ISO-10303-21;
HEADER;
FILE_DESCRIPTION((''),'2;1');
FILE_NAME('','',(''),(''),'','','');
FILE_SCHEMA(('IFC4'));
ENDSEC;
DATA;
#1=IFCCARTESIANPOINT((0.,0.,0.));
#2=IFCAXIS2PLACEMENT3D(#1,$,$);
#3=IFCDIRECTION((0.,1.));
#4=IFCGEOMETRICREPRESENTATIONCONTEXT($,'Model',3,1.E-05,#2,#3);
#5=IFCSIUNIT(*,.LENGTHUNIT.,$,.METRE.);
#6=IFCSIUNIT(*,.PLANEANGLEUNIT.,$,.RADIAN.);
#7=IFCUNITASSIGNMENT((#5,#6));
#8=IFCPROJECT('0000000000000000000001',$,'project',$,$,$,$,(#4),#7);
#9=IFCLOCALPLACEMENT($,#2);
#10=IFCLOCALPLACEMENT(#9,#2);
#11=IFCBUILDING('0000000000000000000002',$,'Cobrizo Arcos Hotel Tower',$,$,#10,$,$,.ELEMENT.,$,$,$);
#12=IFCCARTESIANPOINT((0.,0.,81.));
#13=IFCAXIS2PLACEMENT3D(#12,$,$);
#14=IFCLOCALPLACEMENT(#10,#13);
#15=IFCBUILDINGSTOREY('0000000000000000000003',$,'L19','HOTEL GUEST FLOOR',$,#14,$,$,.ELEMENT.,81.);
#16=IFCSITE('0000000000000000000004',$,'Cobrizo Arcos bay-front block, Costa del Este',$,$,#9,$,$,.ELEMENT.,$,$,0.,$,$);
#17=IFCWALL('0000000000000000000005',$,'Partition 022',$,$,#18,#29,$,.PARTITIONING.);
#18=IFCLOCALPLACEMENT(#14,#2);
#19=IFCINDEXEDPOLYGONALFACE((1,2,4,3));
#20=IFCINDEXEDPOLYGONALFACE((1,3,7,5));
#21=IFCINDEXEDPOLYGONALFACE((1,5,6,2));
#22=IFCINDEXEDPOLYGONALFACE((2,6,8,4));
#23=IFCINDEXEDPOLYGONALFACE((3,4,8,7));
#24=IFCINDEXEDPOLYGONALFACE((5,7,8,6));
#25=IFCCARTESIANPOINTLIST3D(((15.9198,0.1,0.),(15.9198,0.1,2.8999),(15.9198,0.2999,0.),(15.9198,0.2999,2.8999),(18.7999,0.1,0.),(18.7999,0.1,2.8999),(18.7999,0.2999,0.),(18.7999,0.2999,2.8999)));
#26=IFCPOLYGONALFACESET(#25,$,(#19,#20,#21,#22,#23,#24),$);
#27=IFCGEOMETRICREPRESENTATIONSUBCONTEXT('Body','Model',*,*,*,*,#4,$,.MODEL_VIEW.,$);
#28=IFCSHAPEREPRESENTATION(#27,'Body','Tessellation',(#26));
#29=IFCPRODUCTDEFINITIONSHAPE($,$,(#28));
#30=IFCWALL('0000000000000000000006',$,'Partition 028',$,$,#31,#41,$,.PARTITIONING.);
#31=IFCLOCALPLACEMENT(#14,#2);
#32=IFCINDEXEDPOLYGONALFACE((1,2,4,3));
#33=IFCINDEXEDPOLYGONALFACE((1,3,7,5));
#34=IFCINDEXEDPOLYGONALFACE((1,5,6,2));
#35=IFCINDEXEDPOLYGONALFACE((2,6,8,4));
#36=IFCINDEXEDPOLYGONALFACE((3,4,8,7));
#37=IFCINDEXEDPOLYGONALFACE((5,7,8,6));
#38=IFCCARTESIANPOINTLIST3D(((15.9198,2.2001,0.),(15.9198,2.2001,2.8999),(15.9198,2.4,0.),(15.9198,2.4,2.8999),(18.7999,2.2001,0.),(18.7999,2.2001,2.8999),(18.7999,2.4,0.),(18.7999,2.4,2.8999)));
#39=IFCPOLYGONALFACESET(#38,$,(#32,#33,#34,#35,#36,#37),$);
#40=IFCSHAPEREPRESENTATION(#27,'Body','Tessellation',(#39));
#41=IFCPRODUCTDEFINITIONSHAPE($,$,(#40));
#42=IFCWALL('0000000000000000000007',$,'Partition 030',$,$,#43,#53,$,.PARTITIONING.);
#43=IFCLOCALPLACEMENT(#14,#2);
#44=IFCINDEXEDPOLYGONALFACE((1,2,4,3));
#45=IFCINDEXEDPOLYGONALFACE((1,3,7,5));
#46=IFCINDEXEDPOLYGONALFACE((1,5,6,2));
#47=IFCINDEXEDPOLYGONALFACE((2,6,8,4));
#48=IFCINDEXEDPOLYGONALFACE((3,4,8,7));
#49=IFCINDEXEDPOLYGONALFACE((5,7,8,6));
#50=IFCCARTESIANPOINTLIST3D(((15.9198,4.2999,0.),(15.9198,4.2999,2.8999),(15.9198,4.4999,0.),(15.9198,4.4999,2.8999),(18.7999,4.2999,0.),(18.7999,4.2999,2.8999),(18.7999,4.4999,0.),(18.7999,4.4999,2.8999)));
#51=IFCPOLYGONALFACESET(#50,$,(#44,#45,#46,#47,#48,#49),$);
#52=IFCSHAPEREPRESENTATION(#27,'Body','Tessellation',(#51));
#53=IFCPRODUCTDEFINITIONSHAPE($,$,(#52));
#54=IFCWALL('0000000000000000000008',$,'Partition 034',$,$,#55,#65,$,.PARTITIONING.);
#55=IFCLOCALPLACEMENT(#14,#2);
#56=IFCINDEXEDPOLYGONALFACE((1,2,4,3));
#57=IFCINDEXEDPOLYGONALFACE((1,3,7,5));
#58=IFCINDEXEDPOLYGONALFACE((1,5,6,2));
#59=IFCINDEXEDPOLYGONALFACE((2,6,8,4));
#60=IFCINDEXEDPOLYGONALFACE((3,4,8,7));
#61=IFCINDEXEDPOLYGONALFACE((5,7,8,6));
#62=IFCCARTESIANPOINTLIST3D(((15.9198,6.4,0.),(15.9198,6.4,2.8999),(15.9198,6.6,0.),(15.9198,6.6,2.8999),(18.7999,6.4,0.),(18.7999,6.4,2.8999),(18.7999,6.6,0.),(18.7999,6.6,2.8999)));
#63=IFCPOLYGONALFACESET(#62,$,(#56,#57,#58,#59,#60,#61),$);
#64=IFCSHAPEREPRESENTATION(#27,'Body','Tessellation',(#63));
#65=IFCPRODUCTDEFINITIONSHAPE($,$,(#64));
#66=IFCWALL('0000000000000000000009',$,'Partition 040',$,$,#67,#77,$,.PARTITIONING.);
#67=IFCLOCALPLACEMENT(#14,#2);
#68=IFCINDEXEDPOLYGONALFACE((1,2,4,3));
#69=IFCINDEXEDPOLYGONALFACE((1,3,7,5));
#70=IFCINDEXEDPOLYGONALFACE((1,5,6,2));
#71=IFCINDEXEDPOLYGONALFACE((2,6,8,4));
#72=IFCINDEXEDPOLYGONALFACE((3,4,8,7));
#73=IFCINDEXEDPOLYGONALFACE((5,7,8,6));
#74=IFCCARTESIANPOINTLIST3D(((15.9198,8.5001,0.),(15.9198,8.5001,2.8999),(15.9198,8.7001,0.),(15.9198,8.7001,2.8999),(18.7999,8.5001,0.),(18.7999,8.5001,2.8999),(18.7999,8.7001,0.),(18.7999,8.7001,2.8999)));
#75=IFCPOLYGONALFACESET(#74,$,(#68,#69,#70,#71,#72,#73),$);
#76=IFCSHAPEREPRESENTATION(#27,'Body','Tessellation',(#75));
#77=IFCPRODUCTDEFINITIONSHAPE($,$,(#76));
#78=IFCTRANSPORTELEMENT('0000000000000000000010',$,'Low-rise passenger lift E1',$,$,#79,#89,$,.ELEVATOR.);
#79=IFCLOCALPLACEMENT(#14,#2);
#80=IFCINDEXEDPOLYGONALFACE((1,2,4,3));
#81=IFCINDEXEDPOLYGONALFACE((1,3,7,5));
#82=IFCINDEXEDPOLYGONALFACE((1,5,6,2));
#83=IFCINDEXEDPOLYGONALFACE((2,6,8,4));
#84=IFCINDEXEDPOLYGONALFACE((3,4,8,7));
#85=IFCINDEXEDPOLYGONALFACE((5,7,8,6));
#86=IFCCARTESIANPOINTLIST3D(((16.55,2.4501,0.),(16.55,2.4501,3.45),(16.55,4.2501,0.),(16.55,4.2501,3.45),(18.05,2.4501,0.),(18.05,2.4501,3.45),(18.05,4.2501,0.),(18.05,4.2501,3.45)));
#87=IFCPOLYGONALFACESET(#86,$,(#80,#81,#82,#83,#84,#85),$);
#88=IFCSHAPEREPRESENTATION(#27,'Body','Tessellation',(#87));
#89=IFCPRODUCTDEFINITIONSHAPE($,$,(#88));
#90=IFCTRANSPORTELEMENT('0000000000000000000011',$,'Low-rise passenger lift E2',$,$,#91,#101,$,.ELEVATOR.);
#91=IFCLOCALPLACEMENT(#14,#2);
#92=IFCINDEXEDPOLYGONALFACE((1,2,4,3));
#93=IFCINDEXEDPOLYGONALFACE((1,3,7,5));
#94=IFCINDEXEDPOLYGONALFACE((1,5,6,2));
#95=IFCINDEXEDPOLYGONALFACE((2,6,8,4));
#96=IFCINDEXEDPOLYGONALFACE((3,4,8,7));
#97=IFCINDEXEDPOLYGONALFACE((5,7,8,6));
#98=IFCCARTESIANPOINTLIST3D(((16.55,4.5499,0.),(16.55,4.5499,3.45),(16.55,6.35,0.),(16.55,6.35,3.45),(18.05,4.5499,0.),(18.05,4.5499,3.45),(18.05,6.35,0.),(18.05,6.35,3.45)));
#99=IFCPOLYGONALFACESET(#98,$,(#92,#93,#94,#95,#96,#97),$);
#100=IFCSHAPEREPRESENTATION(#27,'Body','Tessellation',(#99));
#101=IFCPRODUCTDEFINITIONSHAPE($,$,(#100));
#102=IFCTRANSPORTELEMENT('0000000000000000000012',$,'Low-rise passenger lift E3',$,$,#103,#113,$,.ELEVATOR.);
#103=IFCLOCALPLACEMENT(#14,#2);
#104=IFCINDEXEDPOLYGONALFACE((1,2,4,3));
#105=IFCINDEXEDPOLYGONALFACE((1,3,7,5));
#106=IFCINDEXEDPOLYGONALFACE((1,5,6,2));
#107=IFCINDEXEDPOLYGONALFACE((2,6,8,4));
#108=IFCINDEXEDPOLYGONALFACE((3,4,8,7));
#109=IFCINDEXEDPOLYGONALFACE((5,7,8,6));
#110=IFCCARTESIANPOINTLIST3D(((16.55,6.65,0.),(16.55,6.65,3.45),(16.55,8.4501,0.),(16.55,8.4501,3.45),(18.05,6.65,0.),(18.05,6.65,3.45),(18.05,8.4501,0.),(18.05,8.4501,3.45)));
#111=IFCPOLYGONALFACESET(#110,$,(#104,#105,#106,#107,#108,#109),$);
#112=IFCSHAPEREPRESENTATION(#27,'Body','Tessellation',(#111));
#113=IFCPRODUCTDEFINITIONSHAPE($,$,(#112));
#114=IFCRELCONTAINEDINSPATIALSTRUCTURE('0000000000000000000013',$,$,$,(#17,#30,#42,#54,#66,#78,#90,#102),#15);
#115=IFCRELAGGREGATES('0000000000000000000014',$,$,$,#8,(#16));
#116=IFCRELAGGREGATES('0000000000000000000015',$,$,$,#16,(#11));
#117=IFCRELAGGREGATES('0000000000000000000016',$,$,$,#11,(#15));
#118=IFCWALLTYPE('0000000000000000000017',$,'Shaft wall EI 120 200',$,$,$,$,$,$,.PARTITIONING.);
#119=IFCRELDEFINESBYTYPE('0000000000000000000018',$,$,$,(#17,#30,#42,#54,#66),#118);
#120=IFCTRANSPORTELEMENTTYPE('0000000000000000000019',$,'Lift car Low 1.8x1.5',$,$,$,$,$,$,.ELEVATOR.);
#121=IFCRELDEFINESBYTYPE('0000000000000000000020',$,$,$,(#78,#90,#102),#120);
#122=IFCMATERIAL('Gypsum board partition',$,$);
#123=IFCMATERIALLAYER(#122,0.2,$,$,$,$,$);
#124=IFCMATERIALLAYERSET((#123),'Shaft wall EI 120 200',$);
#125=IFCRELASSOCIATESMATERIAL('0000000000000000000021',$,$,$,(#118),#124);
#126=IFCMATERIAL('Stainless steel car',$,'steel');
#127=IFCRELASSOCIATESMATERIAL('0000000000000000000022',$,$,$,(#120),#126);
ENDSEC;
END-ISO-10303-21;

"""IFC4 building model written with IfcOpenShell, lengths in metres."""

from ifc_helpers import new_model, si_unit, direction, frame, frame_2d, origin, origin_2d, place, context, subcontext, project, spatial, rectangle, extrude, material, layer, layer_set, type_object, element, save


model = new_model("IFC4")

# Units and contexts
model_context = context("Model", 3, precision=1e-05, world=origin(), true_north=direction((0.0, 1.0)))
body_context = subcontext(model_context, "Body", "Model", "MODEL_VIEW")
ifc_project = project(units=[si_unit("LENGTHUNIT", "METRE"), si_unit("PLANEANGLEUNIT", "RADIAN")], contexts=[model_context])

# Site, building, storey
site_placement = place(None, origin())
site = spatial("IfcSite", under=ifc_project, at=site_placement, Name="Cobrizo Arcos bay-front block, Costa del Este", CompositionType="ELEMENT", RefElevation=0.0)
building_placement = place(site_placement, origin())
building = spatial("IfcBuilding", under=site, at=building_placement, Name="Cobrizo Arcos Hotel Tower", CompositionType="ELEMENT")
storey_placement = place(building_placement, frame((0.0, 0.0, 81.0)))
storey = spatial("IfcBuildingStorey", under=building, at=storey_placement, Name="L19", Description="HOTEL GUEST FLOOR", CompositionType="ELEMENT", Elevation=81.0)

# Shared definitions
ifc_material_1 = material(Name="Gypsum board partition")

# Walls
ifc_layer_1 = layer(ifc_material_1, 0.2)
ifc_layer_set_1 = layer_set([ifc_layer_1], Name="Shaft wall EI 120 200")
wall_type_1 = type_object("IfcWallType", Name="Shaft wall EI 120 200", PredefinedType="PARTITIONING", material=ifc_layer_set_1)
for number, where, z_axis, x_axis, name in (
    (1, (15.9199, 0.2, 0.0), (0.0, 0.0, 1.0), (1.0, 0.0, 0.0), "Partition 022"),
    (2, (15.9199, 2.3, 0.0), (0.0, 0.0, 1.0), (1.0, 0.0, 0.0), "Partition 028"),
    (3, (15.9199, 4.3999, 0.0), (0.0, 0.0, 1.0), (1.0, 0.0, 0.0), "Partition 030"),
    (4, (15.9199, 6.5, 0.0), (0.0, 0.0, 1.0), (1.0, 0.0, 0.0), "Partition 034"),
    (5, (15.9199, 8.6001, 0.0), (0.0, 0.0, 1.0), (1.0, 0.0, 0.0), "Partition 040"),
):
    element("IfcWall", number, at=place(storey_placement, frame(where, z_axis=z_axis, x_axis=x_axis)), inside=storey, type_object=wall_type_1, Name=name, PredefinedType="PARTITIONING", context=body_context, shape_type="SweptSolid", body=[
        extrude(rectangle(XDim=2.8801, YDim=0.2, at=frame_2d((1.4399, 0.0))), origin(), (0.0, 0.0, 1.0), 2.8999),
    ])

# Transport elements
ifc_material_2 = material(Name="Stainless steel car", Category="steel")
transport_element_type = type_object("IfcTransportElementType", Name="Lift car Low 1.8x1.5", PredefinedType="ELEVATOR", material=ifc_material_2)
for number, where, z_axis, x_axis, name in (
    (6, (17.3, 3.3501, 0.0), (0.0, 0.0, 1.0), (1.0, 0.0, 0.0), "Low-rise passenger lift E1"),
    (7, (17.3, 5.45, 0.0), (0.0, 0.0, 1.0), (1.0, 0.0, 0.0), "Low-rise passenger lift E2"),
    (8, (17.3, 7.55, 0.0), (0.0, 0.0, 1.0), (1.0, 0.0, 0.0), "Low-rise passenger lift E3"),
):
    element("IfcTransportElement", number, at=place(storey_placement, frame(where, z_axis=z_axis, x_axis=x_axis)), inside=storey, type_object=transport_element_type, Name=name, PredefinedType="ELEVATOR", context=body_context, shape_type="SweptSolid", body=[
        extrude(rectangle(XDim=1.5, YDim=1.8, at=origin_2d()), origin(), (0.0, 0.0, 1.0), 3.45),
    ])

save(model, "model.ifc")
